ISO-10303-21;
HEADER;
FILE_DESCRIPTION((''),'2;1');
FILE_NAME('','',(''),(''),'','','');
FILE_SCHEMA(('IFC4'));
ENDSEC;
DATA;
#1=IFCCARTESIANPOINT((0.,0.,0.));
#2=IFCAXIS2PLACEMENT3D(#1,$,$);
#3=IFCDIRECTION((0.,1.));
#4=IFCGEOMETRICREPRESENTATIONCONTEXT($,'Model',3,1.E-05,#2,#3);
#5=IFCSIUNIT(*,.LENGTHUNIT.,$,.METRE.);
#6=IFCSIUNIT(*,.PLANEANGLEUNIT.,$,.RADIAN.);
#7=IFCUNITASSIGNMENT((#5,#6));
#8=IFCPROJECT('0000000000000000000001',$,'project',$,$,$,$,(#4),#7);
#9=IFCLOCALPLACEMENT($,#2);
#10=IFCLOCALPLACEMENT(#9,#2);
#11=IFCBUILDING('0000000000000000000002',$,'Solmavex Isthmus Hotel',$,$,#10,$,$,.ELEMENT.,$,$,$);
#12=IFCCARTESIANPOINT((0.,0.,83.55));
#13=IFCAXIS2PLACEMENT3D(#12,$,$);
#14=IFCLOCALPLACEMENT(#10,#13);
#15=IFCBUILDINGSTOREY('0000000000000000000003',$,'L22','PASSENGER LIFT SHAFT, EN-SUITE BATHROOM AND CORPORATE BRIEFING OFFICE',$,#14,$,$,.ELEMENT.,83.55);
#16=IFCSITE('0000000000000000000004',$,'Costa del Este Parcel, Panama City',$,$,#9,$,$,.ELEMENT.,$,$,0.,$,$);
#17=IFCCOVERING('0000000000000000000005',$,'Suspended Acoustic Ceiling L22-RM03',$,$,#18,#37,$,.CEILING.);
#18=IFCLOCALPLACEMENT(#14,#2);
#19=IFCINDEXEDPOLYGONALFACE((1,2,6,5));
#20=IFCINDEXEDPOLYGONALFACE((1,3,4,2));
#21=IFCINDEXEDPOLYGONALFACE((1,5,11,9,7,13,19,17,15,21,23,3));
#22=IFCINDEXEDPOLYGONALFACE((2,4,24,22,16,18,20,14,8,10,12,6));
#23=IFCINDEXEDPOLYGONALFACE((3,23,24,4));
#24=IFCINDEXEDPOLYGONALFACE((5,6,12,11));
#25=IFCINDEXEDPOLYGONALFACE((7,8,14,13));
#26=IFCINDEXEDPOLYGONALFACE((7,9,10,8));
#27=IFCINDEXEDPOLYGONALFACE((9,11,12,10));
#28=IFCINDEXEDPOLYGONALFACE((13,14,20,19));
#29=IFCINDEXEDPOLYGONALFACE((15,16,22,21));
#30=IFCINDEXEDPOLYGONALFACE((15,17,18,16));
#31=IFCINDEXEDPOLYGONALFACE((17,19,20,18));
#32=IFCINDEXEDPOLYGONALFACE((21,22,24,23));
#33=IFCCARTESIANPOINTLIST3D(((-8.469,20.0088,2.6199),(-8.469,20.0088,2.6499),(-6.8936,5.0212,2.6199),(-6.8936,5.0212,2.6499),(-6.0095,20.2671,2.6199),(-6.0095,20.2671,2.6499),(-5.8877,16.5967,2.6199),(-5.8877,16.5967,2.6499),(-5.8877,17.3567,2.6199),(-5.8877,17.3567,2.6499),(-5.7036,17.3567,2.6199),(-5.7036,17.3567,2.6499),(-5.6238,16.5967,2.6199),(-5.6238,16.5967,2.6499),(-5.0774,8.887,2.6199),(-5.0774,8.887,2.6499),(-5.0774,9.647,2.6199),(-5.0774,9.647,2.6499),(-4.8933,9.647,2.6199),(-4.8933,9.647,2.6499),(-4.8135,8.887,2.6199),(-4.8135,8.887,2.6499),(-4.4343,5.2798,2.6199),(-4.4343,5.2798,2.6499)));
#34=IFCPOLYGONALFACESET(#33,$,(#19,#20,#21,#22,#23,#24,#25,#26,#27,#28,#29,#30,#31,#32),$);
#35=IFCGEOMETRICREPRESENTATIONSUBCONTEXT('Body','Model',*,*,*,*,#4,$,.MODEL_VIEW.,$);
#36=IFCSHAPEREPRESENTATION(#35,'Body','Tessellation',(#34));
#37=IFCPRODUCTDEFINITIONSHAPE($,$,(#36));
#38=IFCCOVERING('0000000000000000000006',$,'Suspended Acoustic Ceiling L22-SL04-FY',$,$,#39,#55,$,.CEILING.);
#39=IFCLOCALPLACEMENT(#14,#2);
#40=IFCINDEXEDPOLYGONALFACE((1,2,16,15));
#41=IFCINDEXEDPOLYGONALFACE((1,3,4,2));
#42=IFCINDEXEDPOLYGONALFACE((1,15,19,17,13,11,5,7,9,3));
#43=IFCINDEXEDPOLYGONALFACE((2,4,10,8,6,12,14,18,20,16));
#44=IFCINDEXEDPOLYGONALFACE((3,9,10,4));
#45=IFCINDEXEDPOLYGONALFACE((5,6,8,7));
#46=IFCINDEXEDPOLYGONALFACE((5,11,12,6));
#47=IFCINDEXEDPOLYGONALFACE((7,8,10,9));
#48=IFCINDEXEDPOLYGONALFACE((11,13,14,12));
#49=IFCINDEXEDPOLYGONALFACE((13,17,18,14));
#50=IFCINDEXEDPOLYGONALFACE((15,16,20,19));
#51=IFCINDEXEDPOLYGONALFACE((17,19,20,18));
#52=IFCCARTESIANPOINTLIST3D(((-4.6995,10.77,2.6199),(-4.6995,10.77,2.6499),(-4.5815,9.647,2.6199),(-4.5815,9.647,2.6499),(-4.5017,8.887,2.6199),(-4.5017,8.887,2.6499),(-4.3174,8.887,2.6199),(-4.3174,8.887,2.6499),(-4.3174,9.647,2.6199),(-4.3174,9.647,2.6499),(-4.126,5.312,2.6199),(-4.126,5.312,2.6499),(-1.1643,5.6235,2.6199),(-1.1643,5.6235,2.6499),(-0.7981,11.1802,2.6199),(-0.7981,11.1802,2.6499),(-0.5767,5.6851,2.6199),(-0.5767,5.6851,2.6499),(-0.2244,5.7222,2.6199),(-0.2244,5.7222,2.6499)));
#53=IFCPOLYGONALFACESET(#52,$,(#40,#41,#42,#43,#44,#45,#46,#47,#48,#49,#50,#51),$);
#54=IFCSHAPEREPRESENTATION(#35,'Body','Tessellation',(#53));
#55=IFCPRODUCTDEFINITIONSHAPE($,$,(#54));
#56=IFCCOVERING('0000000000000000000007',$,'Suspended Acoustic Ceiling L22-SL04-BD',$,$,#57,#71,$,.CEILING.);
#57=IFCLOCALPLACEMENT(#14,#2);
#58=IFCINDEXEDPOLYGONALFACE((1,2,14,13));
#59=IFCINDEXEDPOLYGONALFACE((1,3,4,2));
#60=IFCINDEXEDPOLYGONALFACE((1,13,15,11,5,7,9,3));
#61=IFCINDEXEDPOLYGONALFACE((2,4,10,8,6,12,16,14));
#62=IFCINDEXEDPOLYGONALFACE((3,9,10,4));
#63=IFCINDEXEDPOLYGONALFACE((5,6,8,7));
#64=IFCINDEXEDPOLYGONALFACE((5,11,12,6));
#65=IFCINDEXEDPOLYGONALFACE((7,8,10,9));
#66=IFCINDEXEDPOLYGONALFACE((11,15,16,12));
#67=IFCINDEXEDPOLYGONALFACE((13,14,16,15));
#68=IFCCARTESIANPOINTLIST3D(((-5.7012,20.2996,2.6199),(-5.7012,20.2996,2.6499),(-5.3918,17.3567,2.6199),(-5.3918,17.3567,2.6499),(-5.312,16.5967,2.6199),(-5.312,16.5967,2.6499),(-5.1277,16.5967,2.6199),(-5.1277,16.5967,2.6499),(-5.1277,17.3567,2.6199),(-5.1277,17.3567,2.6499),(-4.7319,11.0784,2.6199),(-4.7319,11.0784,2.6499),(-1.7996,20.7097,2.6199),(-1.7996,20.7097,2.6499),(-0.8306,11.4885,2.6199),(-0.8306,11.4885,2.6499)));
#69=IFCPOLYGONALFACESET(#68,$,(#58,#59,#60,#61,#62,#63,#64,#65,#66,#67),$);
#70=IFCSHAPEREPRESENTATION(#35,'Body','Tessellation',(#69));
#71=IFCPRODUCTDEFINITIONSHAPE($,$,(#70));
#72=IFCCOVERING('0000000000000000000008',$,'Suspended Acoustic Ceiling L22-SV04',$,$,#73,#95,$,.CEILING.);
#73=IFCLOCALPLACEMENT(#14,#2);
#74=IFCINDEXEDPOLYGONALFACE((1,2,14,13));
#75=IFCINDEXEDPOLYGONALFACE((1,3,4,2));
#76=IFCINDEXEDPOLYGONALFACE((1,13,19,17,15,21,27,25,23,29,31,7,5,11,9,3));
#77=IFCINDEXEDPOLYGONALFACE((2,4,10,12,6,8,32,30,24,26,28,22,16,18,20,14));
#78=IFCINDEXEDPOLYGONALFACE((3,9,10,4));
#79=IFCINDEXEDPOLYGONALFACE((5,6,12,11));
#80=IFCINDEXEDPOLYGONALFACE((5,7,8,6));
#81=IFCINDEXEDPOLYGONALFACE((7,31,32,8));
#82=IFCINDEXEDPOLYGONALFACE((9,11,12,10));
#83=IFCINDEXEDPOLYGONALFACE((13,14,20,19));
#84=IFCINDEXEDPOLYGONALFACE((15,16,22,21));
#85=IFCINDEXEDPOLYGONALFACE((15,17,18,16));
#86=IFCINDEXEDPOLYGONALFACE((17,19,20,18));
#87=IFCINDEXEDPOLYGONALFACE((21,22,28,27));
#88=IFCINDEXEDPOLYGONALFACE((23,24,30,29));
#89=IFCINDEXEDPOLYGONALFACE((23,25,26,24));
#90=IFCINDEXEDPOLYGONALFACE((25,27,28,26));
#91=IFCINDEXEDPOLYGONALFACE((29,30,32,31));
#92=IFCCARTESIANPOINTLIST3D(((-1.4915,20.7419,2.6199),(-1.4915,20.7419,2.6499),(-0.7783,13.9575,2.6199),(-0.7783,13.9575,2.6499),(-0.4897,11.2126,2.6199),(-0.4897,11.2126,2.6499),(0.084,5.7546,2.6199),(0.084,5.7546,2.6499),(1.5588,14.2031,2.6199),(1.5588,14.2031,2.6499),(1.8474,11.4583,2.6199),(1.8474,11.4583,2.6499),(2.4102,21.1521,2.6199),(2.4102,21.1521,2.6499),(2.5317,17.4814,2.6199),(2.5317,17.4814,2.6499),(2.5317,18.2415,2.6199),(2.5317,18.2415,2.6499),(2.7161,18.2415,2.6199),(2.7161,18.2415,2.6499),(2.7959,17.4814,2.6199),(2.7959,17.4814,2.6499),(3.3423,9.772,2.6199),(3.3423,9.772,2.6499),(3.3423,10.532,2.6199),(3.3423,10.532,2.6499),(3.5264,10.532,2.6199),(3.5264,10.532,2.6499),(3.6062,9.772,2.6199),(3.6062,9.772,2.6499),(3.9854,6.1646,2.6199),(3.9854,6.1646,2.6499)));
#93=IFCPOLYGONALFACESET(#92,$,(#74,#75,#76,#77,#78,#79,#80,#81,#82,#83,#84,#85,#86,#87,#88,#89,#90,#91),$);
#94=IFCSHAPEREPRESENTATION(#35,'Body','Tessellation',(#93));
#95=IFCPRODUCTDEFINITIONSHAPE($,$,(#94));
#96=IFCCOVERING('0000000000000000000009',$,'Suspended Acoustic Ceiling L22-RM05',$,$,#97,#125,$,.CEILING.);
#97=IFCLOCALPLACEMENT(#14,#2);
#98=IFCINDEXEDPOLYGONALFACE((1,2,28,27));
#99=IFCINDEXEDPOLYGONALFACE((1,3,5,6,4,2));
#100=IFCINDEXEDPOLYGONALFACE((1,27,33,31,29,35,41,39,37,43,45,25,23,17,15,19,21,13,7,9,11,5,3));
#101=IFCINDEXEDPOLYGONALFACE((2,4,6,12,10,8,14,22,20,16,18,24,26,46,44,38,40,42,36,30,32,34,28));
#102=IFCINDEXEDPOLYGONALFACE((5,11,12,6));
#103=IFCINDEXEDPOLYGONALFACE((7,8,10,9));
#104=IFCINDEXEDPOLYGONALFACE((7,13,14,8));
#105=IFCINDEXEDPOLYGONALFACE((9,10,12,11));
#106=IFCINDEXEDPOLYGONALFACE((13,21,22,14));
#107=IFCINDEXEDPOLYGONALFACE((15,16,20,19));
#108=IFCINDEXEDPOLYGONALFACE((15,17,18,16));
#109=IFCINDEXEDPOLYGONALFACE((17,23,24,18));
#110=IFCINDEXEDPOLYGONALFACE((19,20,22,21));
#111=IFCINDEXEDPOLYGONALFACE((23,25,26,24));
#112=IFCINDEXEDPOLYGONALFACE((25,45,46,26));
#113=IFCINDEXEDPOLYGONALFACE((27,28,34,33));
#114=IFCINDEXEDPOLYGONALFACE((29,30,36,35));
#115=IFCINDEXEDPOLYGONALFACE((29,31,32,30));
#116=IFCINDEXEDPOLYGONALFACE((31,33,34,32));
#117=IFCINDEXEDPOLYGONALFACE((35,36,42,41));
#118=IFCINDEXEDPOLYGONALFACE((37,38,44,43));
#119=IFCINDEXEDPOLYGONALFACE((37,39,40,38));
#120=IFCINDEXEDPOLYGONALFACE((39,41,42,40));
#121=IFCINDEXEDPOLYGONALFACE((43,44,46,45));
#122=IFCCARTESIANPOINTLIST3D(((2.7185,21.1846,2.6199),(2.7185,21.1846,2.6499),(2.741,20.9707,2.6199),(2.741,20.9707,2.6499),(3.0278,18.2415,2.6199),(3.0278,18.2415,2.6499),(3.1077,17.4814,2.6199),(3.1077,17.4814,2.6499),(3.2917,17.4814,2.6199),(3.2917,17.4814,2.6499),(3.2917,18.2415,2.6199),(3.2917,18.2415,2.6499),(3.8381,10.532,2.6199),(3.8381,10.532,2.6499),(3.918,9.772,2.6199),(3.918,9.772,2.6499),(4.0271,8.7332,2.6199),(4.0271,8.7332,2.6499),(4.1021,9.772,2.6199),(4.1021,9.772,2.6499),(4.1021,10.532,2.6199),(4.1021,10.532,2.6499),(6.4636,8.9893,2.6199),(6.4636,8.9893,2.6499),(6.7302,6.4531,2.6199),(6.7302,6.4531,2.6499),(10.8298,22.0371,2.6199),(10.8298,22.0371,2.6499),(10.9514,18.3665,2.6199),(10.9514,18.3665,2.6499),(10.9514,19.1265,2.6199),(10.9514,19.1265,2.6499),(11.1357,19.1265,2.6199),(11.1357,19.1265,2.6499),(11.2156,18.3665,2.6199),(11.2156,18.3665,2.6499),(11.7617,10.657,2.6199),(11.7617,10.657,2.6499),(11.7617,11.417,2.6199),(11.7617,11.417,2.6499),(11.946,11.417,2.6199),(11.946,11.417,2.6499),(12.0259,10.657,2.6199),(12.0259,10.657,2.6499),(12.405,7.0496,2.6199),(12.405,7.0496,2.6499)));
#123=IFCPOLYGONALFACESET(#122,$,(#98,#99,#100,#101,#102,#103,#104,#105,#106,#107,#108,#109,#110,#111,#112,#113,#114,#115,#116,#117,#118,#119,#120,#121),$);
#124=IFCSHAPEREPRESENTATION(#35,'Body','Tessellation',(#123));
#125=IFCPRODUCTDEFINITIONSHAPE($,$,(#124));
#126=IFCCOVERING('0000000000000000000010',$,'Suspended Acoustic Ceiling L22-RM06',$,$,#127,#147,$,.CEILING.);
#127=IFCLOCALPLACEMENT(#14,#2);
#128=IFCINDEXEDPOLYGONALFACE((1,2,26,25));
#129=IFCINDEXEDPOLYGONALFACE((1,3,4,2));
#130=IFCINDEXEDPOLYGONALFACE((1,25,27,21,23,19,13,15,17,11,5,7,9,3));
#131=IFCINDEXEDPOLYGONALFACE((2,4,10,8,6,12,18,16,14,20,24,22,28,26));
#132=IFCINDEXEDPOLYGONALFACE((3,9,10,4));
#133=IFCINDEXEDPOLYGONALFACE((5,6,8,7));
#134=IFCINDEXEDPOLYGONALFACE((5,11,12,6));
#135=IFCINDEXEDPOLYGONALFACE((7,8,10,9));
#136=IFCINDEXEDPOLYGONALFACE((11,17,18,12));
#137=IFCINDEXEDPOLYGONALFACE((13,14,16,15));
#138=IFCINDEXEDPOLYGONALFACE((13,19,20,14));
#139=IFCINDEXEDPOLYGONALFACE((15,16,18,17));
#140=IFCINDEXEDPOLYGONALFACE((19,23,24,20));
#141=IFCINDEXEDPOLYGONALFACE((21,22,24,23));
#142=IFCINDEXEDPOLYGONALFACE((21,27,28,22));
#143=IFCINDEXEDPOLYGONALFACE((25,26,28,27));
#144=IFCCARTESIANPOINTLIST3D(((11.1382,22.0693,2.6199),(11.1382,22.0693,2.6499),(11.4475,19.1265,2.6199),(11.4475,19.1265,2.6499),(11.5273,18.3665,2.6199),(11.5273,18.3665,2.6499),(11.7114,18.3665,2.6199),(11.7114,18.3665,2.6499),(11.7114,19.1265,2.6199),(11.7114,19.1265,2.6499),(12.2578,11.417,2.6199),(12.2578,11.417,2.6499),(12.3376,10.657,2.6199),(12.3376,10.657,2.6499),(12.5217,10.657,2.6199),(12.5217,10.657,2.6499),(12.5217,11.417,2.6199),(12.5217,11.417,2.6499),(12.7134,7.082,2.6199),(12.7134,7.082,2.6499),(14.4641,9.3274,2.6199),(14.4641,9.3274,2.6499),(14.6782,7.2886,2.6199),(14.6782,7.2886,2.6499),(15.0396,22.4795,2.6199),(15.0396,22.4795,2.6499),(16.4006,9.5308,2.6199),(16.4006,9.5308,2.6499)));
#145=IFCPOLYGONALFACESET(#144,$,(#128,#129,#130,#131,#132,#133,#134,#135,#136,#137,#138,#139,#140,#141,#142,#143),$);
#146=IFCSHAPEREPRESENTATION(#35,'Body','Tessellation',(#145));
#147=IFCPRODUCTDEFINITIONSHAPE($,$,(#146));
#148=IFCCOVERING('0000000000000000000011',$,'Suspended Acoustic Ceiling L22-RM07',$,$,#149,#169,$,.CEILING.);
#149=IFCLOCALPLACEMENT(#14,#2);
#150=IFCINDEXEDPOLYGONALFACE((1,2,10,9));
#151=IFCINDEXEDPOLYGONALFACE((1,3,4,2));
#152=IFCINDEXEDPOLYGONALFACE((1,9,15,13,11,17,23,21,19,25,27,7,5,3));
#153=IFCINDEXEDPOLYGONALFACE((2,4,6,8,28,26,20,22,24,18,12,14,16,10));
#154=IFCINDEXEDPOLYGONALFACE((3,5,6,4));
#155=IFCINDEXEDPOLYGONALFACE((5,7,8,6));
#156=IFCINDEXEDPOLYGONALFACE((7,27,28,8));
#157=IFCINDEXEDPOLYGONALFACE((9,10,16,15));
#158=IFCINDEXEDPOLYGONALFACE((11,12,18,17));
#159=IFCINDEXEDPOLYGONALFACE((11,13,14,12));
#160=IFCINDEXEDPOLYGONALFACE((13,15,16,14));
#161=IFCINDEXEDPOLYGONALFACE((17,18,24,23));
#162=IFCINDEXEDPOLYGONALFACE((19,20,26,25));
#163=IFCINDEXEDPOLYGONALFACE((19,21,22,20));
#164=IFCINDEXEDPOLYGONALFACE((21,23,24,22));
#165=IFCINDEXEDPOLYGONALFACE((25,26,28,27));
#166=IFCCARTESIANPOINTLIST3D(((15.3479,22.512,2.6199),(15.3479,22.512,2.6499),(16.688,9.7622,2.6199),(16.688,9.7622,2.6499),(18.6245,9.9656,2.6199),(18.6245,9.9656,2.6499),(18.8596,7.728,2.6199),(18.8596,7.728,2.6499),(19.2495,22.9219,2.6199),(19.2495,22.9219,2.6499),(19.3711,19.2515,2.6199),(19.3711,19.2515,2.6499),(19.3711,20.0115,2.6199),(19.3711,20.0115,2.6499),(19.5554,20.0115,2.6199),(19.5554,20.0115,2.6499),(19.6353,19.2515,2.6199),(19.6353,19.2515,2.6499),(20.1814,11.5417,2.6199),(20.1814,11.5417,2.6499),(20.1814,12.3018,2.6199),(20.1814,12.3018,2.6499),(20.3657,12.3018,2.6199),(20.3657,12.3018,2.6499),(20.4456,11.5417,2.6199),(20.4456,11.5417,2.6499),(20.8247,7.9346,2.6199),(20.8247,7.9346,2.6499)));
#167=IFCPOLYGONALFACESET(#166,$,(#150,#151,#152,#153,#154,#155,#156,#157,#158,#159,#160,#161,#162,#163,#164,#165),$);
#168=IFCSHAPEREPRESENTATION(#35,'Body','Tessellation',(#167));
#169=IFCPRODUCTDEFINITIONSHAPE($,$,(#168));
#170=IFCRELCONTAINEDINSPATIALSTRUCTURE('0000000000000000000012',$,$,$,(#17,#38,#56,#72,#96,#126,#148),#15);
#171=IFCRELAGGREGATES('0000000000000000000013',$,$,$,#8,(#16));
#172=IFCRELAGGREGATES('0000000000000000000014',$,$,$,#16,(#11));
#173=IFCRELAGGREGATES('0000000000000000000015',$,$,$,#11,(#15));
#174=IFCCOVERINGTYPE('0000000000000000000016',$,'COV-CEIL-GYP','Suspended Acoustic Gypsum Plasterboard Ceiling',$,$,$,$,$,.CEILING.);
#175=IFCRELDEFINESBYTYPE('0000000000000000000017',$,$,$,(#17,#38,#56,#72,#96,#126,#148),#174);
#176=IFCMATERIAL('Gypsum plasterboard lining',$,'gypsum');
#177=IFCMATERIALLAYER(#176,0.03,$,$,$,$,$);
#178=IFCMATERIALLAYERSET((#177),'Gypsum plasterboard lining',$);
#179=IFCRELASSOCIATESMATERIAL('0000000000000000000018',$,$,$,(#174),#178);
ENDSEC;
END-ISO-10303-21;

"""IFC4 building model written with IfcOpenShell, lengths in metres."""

from ifc_helpers import new_model, si_unit, direction, frame, origin, place, context, subcontext, project, spatial, polyline, outline, extrude, material, layer, layer_set, type_object, element, save


model = new_model("IFC4")

# Units and contexts
model_context = context("Model", 3, precision=1e-05, world=origin(), true_north=direction((0.0, 1.0)))
body_context = subcontext(model_context, "Body", "Model", "MODEL_VIEW")
ifc_project = project(units=[si_unit("LENGTHUNIT", "METRE"), si_unit("PLANEANGLEUNIT", "RADIAN")], contexts=[model_context])

# Site, building, storey
site_placement = place(None, origin())
site = spatial("IfcSite", under=ifc_project, at=site_placement, Name="Costa del Este Parcel, Panama City", CompositionType="ELEMENT", RefElevation=0.0)
building_placement = place(site_placement, origin())
building = spatial("IfcBuilding", under=site, at=building_placement, Name="Solmavex Isthmus Hotel", CompositionType="ELEMENT")
storey_placement = place(building_placement, frame((0.0, 0.0, 83.55)))
storey = spatial("IfcBuildingStorey", under=building, at=storey_placement, Name="L22", Description="PASSENGER LIFT SHAFT, EN-SUITE BATHROOM AND CORPORATE BRIEFING OFFICE", CompositionType="ELEMENT", Elevation=83.55)

# Shared definitions
ifc_material_1 = material(Name="Gypsum plasterboard lining", Category="gypsum")

# Coverings
ifc_layer_1 = layer(ifc_material_1, 0.03)
ifc_layer_set_1 = layer_set([ifc_layer_1], Name="Gypsum plasterboard lining")
covering_type_1 = type_object("IfcCoveringType", Name="COV-CEIL-GYP", Description="Suspended Acoustic Gypsum Plasterboard Ceiling", PredefinedType="CEILING", material=ifc_layer_set_1)
covering_1_placement = place(storey_placement, frame((0.0, 0.0, 2.6199)))
element("IfcCovering", 1, at=covering_1_placement, inside=storey, type_object=covering_type_1, Name="Suspended Acoustic Ceiling L22-RM03", PredefinedType="CEILING", context=body_context, shape_type="SweptSolid", body=[
    extrude(outline(polyline([(-5.6238, 16.5967), (-5.8877, 16.5967), (-5.8877, 17.3567), (-5.7036, 17.3567), (-6.0095, 20.2671), (-8.469, 20.0088), (-6.8936, 5.0212), (-4.4343, 5.2798), (-4.8135, 8.887), (-5.0774, 8.887), (-5.0774, 9.647), (-4.8933, 9.647), (-5.6238, 16.5967)])), origin(), (0.0, 0.0, 1.0), 0.03),
])
covering_2_placement = place(storey_placement, frame((0.0, 0.0, 2.6199)))
element("IfcCovering", 2, at=covering_2_placement, inside=storey, type_object=covering_type_1, Name="Suspended Acoustic Ceiling L22-SL04-FY", PredefinedType="CEILING", context=body_context, shape_type="SweptSolid", body=[
    extrude(outline(polyline([(-4.5815, 9.647), (-4.3174, 9.647), (-4.3174, 8.887), (-4.5017, 8.887), (-4.126, 5.312), (-1.1643, 5.6235), (-0.5767, 5.6851), (-0.2244, 5.7222), (-0.7981, 11.1802), (-4.6995, 10.77), (-4.5815, 9.647)])), origin(), (0.0, 0.0, 1.0), 0.03),
])
covering_3_placement = place(storey_placement, frame((0.0, 0.0, 2.6199)))
element("IfcCovering", 3, at=covering_3_placement, inside=storey, type_object=covering_type_1, Name="Suspended Acoustic Ceiling L22-SL04-BD", PredefinedType="CEILING", context=body_context, shape_type="SweptSolid", body=[
    extrude(outline(polyline([(-5.3918, 17.3567), (-5.1277, 17.3567), (-5.1277, 16.5967), (-5.312, 16.5967), (-4.7319, 11.0784), (-0.8306, 11.4885), (-1.7996, 20.7097), (-5.7012, 20.2996), (-5.3918, 17.3567)])), origin(), (0.0, 0.0, 1.0), 0.03),
])
covering_4_placement = place(storey_placement, frame((0.0, 0.0, 2.6199)))
element("IfcCovering", 4, at=covering_4_placement, inside=storey, type_object=covering_type_1, Name="Suspended Acoustic Ceiling L22-SV04", PredefinedType="CEILING", context=body_context, shape_type="SweptSolid", body=[
    extrude(outline(polyline([(-0.4897, 11.2126), (0.084, 5.7546), (3.9854, 6.1646), (3.6062, 9.772), (3.3423, 9.772), (3.3423, 10.532), (3.5264, 10.532), (2.7959, 17.4814), (2.5317, 17.4814), (2.5317, 18.2415), (2.7161, 18.2415), (2.4102, 21.1521), (-1.4915, 20.7419), (-0.7783, 13.9575), (1.5588, 14.2031), (1.8474, 11.4583), (-0.4897, 11.2126)])), origin(), (0.0, 0.0, 1.0), 0.03),
])
covering_5_placement = place(storey_placement, frame((0.0, 0.0, 2.6199)))
element("IfcCovering", 5, at=covering_5_placement, inside=storey, type_object=covering_type_1, Name="Suspended Acoustic Ceiling L22-RM05", PredefinedType="CEILING", context=body_context, shape_type="SweptSolid", body=[
    extrude(outline(polyline([(3.8381, 10.532), (4.1021, 10.532), (4.1021, 9.772), (3.918, 9.772), (4.0271, 8.7332), (6.4636, 8.9893), (6.7302, 6.4531), (12.405, 7.0496), (12.0259, 10.657), (11.7617, 10.657), (11.7617, 11.417), (11.946, 11.417), (11.2156, 18.3665), (10.9514, 18.3665), (10.9514, 19.1265), (11.1357, 19.1265), (10.8298, 22.0371), (2.7185, 21.1846), (2.741, 20.9707), (3.0278, 18.2415), (3.2917, 18.2415), (3.2917, 17.4814), (3.1077, 17.4814), (3.8381, 10.532)])), origin(), (0.0, 0.0, 1.0), 0.03),
])
covering_6_placement = place(storey_placement, frame((0.0, 0.0, 2.6199)))
element("IfcCovering", 6, at=covering_6_placement, inside=storey, type_object=covering_type_1, Name="Suspended Acoustic Ceiling L22-RM06", PredefinedType="CEILING", context=body_context, shape_type="SweptSolid", body=[
    extrude(outline(polyline([(12.2578, 11.417), (12.5217, 11.417), (12.5217, 10.657), (12.3376, 10.657), (12.7134, 7.082), (14.6782, 7.2886), (14.4641, 9.3274), (16.4006, 9.5308), (15.0396, 22.4795), (11.1382, 22.0693), (11.4475, 19.1265), (11.7114, 19.1265), (11.7114, 18.3665), (11.5273, 18.3665), (12.2578, 11.417)])), origin(), (0.0, 0.0, 1.0), 0.03),
])
covering_7_placement = place(storey_placement, frame((0.0, 0.0, 2.6199)))
element("IfcCovering", 7, at=covering_7_placement, inside=storey, type_object=covering_type_1, Name="Suspended Acoustic Ceiling L22-RM07", PredefinedType="CEILING", context=body_context, shape_type="SweptSolid", body=[
    extrude(outline(polyline([(19.6353, 19.2515), (19.3711, 19.2515), (19.3711, 20.0115), (19.5554, 20.0115), (19.2495, 22.9219), (15.3479, 22.512), (16.688, 9.7622), (18.6245, 9.9656), (18.8596, 7.728), (20.8247, 7.9346), (20.4456, 11.5417), (20.1814, 11.5417), (20.1814, 12.3018), (20.3657, 12.3018), (19.6353, 19.2515)])), origin(), (0.0, 0.0, 1.0), 0.03),
])

save(model, "model.ifc")
